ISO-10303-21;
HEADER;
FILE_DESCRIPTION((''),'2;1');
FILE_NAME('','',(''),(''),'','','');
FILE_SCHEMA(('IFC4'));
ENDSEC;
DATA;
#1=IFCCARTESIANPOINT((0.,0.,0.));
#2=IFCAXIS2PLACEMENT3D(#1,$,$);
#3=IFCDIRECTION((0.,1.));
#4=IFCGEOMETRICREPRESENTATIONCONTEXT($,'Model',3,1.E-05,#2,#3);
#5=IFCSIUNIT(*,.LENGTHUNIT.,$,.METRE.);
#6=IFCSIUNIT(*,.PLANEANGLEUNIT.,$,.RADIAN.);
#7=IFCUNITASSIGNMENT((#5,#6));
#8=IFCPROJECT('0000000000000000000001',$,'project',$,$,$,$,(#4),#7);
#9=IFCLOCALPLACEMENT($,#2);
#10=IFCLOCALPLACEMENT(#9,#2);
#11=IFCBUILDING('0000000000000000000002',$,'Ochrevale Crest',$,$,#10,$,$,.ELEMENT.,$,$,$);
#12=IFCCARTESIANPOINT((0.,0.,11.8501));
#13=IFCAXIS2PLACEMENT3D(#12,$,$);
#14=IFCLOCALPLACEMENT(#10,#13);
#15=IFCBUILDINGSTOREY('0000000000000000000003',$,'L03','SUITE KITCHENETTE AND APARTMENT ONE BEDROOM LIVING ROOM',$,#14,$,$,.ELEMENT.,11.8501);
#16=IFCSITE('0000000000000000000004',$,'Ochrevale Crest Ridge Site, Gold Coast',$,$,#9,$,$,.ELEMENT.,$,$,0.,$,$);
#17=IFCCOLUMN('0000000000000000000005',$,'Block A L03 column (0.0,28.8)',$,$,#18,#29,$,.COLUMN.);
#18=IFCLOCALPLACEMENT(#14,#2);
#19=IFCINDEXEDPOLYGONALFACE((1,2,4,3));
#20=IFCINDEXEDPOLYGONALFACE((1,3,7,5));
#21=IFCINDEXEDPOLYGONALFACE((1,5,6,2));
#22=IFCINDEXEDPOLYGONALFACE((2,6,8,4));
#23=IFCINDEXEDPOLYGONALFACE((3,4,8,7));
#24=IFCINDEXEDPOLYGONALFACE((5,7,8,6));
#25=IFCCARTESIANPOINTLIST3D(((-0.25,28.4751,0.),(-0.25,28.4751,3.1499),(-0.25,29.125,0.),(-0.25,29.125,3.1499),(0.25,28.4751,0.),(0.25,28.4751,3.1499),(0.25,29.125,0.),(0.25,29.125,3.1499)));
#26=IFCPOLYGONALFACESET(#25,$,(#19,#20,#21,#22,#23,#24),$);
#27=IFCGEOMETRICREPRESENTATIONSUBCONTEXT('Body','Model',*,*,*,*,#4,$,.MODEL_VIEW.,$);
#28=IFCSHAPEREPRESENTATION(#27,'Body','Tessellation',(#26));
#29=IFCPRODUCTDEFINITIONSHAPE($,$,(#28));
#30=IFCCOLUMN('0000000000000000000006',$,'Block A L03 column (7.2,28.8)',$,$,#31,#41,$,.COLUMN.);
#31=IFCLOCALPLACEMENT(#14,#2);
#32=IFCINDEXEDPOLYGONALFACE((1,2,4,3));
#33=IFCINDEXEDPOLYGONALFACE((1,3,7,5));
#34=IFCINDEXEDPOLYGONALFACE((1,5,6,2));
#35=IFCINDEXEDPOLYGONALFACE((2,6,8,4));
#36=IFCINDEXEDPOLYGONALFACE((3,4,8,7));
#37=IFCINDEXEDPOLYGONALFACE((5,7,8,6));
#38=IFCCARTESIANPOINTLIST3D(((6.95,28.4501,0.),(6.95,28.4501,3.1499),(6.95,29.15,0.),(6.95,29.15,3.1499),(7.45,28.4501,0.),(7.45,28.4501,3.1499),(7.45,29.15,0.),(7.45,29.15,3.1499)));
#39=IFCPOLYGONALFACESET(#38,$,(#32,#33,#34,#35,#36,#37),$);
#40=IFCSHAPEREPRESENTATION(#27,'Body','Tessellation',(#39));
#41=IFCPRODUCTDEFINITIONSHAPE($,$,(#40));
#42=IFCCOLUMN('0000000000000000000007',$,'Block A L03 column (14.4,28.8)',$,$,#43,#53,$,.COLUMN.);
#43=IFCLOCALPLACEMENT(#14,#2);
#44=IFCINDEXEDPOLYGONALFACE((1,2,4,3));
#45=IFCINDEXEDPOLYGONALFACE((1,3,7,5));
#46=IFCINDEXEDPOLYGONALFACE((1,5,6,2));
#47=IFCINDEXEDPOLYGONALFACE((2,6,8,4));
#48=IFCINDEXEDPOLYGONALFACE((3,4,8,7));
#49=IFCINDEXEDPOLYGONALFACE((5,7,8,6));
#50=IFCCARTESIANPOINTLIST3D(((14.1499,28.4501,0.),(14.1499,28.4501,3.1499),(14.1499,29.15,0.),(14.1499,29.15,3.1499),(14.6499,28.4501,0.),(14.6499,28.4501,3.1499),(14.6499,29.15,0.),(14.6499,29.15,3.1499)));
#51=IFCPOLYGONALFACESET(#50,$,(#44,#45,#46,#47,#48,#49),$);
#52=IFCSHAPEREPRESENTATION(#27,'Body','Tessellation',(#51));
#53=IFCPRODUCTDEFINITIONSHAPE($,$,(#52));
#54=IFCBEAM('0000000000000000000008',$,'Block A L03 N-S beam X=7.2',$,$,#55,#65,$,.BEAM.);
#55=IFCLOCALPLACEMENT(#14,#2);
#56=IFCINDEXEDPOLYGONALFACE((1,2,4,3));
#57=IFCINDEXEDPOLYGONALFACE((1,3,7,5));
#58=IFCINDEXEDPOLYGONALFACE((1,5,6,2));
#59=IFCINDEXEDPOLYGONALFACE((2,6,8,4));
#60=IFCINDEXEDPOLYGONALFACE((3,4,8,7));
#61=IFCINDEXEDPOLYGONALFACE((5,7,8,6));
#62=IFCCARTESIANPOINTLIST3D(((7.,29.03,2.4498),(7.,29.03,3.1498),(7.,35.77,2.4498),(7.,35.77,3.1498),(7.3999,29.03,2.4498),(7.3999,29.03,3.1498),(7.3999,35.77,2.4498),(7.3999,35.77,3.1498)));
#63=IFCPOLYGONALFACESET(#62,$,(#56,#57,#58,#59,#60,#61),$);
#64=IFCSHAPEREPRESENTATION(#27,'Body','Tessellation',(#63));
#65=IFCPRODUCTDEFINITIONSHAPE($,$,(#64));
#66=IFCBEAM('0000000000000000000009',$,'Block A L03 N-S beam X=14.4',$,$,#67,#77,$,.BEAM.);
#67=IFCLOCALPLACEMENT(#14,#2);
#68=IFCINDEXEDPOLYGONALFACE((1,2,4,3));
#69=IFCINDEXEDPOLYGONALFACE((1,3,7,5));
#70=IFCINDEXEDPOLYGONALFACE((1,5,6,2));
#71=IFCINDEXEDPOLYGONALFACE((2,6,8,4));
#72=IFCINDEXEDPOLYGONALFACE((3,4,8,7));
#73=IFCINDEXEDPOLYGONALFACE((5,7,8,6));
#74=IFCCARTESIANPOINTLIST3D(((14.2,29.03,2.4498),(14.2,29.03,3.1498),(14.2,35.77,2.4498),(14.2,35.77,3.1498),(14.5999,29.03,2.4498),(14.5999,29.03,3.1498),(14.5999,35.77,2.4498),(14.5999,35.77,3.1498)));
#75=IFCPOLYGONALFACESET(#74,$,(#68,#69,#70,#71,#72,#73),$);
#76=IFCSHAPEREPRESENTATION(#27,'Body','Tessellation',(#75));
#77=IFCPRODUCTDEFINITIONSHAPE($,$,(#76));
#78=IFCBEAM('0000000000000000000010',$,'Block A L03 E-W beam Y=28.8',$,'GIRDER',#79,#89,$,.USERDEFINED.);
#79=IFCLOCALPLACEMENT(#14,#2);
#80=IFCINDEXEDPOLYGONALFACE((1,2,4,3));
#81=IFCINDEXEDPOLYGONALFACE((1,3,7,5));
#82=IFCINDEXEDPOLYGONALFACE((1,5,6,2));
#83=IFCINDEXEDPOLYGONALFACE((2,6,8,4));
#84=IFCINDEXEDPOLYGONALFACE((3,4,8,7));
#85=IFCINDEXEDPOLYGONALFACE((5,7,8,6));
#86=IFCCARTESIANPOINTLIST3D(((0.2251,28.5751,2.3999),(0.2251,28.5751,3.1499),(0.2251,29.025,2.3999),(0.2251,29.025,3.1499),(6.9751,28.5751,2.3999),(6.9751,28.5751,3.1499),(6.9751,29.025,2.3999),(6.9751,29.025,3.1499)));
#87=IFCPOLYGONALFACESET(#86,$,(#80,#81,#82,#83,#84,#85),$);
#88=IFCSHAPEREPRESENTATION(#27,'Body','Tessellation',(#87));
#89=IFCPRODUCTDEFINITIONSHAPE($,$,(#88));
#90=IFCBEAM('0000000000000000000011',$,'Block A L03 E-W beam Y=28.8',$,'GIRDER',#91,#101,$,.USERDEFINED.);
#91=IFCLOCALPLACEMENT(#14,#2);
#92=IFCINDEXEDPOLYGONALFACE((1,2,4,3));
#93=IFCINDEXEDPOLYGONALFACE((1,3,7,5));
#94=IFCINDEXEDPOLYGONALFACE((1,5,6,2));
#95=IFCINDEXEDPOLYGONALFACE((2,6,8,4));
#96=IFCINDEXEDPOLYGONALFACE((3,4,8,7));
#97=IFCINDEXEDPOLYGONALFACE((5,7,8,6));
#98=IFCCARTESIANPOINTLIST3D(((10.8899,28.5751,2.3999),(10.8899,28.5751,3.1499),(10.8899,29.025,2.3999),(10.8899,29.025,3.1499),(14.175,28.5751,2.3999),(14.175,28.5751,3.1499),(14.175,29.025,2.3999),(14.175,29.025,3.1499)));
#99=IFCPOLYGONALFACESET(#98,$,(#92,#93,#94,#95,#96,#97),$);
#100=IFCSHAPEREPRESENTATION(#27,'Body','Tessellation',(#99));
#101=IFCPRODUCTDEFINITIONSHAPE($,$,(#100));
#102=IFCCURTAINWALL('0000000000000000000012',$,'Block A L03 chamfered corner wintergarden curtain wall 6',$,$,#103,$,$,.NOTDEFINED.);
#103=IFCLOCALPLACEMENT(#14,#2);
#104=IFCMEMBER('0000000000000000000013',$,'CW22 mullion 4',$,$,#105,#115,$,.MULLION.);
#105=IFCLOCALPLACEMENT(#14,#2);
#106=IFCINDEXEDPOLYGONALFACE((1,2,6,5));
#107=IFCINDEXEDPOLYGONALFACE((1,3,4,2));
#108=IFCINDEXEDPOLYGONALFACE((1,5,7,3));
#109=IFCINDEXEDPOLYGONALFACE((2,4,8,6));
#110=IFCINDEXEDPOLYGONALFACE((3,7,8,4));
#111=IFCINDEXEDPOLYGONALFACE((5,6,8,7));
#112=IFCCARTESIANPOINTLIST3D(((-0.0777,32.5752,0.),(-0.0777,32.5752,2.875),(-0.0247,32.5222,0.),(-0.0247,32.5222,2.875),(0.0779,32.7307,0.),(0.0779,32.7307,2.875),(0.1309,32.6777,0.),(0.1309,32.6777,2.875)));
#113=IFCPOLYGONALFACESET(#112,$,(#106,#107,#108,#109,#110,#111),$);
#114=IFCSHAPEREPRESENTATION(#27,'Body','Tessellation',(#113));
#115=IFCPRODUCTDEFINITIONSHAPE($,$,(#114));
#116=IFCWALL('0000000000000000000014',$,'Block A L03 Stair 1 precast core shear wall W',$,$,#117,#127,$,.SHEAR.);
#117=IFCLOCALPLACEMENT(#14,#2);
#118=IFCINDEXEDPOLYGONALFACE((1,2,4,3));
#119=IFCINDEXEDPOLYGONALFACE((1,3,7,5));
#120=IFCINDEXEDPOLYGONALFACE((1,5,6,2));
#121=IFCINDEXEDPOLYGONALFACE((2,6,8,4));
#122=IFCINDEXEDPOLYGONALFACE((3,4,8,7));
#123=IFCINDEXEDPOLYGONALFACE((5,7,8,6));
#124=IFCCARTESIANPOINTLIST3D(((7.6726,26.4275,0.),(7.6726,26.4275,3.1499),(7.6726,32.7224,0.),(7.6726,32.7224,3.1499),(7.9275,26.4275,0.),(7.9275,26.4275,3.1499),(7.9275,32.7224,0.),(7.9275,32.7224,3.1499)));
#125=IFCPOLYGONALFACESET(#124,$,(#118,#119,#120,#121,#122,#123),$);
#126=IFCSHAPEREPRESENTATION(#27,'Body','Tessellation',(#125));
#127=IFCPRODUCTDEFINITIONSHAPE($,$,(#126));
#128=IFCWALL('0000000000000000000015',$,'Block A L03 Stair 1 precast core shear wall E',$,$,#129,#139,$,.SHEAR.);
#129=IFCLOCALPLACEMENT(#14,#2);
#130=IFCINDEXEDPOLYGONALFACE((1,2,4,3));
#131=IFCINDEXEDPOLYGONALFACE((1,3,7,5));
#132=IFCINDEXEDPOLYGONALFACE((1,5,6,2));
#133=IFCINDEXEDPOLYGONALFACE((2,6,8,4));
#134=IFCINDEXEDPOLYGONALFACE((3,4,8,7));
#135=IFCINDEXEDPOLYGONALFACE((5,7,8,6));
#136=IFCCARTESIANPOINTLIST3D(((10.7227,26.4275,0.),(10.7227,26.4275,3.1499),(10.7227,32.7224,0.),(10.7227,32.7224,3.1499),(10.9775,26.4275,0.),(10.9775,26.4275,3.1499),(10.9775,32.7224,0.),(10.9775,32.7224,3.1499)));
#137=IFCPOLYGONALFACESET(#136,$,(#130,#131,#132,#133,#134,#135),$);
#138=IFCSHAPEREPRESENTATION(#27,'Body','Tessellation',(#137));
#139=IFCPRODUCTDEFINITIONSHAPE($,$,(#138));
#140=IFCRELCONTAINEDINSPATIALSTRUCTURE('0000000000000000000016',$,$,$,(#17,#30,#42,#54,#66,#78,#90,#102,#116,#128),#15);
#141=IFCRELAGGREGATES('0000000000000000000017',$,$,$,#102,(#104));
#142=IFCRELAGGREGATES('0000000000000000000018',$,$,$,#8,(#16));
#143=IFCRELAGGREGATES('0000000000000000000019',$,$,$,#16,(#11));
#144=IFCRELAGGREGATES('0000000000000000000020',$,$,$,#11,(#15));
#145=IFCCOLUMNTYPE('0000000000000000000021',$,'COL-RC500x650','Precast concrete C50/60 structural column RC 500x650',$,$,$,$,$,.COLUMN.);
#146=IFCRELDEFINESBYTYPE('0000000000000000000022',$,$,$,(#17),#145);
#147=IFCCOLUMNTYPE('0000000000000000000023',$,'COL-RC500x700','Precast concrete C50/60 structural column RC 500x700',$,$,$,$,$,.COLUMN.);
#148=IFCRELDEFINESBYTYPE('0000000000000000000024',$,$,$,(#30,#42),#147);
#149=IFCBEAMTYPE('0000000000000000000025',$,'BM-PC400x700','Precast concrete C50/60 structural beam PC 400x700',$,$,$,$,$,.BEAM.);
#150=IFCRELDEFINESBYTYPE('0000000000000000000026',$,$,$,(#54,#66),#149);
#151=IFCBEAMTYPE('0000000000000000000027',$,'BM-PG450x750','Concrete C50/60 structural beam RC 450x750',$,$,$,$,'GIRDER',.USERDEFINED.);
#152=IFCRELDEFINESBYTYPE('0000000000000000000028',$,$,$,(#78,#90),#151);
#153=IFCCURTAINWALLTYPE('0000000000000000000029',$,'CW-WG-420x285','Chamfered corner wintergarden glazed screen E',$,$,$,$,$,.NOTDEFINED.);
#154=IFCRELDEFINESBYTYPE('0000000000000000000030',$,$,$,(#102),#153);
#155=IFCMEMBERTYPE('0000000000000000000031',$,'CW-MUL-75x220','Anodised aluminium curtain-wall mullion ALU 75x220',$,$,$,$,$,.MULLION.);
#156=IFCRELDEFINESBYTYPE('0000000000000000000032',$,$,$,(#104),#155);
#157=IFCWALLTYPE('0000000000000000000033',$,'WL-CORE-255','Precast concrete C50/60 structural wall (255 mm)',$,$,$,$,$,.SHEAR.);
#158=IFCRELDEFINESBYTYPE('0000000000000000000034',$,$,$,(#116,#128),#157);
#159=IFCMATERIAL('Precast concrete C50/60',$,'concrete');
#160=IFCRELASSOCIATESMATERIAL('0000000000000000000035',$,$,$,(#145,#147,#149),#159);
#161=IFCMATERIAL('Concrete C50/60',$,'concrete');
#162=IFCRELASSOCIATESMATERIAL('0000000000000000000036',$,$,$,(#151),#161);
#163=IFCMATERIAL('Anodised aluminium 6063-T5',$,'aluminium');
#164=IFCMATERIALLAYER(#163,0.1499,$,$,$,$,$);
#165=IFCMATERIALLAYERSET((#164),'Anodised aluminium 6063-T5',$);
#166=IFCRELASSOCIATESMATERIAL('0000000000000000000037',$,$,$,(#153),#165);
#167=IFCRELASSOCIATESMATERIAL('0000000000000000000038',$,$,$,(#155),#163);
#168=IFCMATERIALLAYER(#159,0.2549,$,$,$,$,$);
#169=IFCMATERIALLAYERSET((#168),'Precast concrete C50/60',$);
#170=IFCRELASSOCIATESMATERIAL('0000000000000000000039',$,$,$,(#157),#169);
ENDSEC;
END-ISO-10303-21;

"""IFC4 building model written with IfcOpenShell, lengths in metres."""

from ifc_helpers import new_model, si_unit, direction, frame, frame_2d, origin, origin_2d, place, context, subcontext, project, spatial, rectangle, extrude, material, layer, layer_set, material_profile, profile_set, type_object, element, aggregate, save


model = new_model("IFC4")

# Units and contexts
model_context = context("Model", 3, precision=1e-05, world=origin(), true_north=direction((0.0, 1.0)))
body_context = subcontext(model_context, "Body", "Model", "MODEL_VIEW")
ifc_project = project(units=[si_unit("LENGTHUNIT", "METRE"), si_unit("PLANEANGLEUNIT", "RADIAN")], contexts=[model_context])

# Site, building, storey
site_placement = place(None, origin())
site = spatial("IfcSite", under=ifc_project, at=site_placement, Name="Ochrevale Crest Ridge Site, Gold Coast", CompositionType="ELEMENT", RefElevation=0.0)
building_placement = place(site_placement, origin())
building = spatial("IfcBuilding", under=site, at=building_placement, Name="Ochrevale Crest", CompositionType="ELEMENT")
storey_placement = place(building_placement, frame((0.0, 0.0, 11.8501)))
storey = spatial("IfcBuildingStorey", under=building, at=storey_placement, Name="L03", Description="SUITE KITCHENETTE AND APARTMENT ONE BEDROOM LIVING ROOM", CompositionType="ELEMENT", Elevation=11.8501)

# Columns
ifc_material_1 = material(Name="Precast concrete C50/60", Category="concrete")
ifc_material_profile_1 = material_profile(ifc_material_1, rectangle(XDim=0.5, YDim=0.6499, at=origin_2d()), Name="RC 500x650")
ifc_profile_set_1 = profile_set([ifc_material_profile_1], Name="Precast concrete C50/60")
column_type_1 = type_object("IfcColumnType", Name="COL-RC500x650", Description="Precast concrete C50/60 structural column RC 500x650", PredefinedType="COLUMN", material=ifc_profile_set_1)
column_placement = place(storey_placement, frame((0.0, 28.8, 0.0), z_axis=(0.0, 0.0, 1.0), x_axis=(1.0, 0.0, 0.0)))
element("IfcColumn", 1, at=column_placement, inside=storey, type_object=column_type_1, Name="Block A L03 column (0.0,28.8)", PredefinedType="COLUMN", context=body_context, shape_type="SweptSolid", body=[
    extrude(rectangle(XDim=0.5, YDim=0.6499, at=origin_2d()), origin(), (0.0, 0.0, 1.0), 3.1499),
])
ifc_material_profile_2 = material_profile(ifc_material_1, rectangle(XDim=0.5, YDim=0.7, at=origin_2d()), Name="RC 500x700")
ifc_profile_set_2 = profile_set([ifc_material_profile_2], Name="Precast concrete C50/60")
column_type_2 = type_object("IfcColumnType", Name="COL-RC500x700", Description="Precast concrete C50/60 structural column RC 500x700", PredefinedType="COLUMN", material=ifc_profile_set_2)
for number, where, z_axis, x_axis, name in (
    (2, (7.2, 28.8, 0.0), (0.0, 0.0, 1.0), (1.0, 0.0, 0.0), "Block A L03 column (7.2,28.8)"),
    (3, (14.3999, 28.8, 0.0), (0.0, 0.0, 1.0), (1.0, 0.0, 0.0), "Block A L03 column (14.4,28.8)"),
):
    element("IfcColumn", number, at=place(storey_placement, frame(where, z_axis=z_axis, x_axis=x_axis)), inside=storey, type_object=column_type_2, Name=name, PredefinedType="COLUMN", context=body_context, shape_type="SweptSolid", body=[
        extrude(rectangle(XDim=0.5, YDim=0.7, at=origin_2d()), origin(), (0.0, 0.0, 1.0), 3.1499),
    ])

# Beams
ifc_material_profile_3 = material_profile(ifc_material_1, rectangle(XDim=0.3999, YDim=0.7, at=origin_2d()), Name="PC 400x700")
ifc_profile_set_3 = profile_set([ifc_material_profile_3], Name="Precast concrete C50/60")
beam_type_1 = type_object("IfcBeamType", Name="BM-PC400x700", Description="Precast concrete C50/60 structural beam PC 400x700", PredefinedType="BEAM", material=ifc_profile_set_3)
for number, where, z_axis, x_axis, name in (
    (4, (7.2, 29.03, 2.7998), (0.0, 1.0, 0.0), (-1.0, 0.0, 0.0), "Block A L03 N-S beam X=7.2"),
    (5, (14.3999, 29.03, 2.7998), (0.0, 1.0, 0.0), (-1.0, 0.0, 0.0), "Block A L03 N-S beam X=14.4"),
):
    element("IfcBeam", number, at=place(storey_placement, frame(where, z_axis=z_axis, x_axis=x_axis)), inside=storey, type_object=beam_type_1, Name=name, PredefinedType="BEAM", context=body_context, shape_type="SweptSolid", body=[
        extrude(rectangle(XDim=0.3999, YDim=0.7, at=origin_2d()), origin(), (0.0, 0.0, 1.0), 6.74),
    ])
ifc_material_2 = material(Name="Concrete C50/60", Category="concrete")
ifc_material_profile_4 = material_profile(ifc_material_2, rectangle(XDim=0.45, YDim=0.75, at=origin_2d()), Name="RC 450x750")
ifc_profile_set_4 = profile_set([ifc_material_profile_4], Name="Concrete C50/60")
beam_type_2 = type_object("IfcBeamType", Name="BM-PG450x750", Description="Concrete C50/60 structural beam RC 450x750", ElementType="GIRDER", PredefinedType="USERDEFINED", material=ifc_profile_set_4)
beam_1_placement = place(storey_placement, frame((0.2251, 28.8, 2.7749), z_axis=(1.0, 0.0, 0.0), x_axis=(0.0, 1.0, 0.0)))
element("IfcBeam", 6, at=beam_1_placement, inside=storey, type_object=beam_type_2, Name="Block A L03 E-W beam Y=28.8", ObjectType="GIRDER", PredefinedType="USERDEFINED", context=body_context, shape_type="SweptSolid", body=[
    extrude(rectangle(XDim=0.45, YDim=0.75, at=origin_2d()), origin(), (0.0, 0.0, 1.0), 6.75),
])
beam_2_placement = place(storey_placement, frame((10.8899, 28.8, 2.7749), z_axis=(1.0, 0.0, 0.0), x_axis=(0.0, 1.0, 0.0)))
element("IfcBeam", 7, at=beam_2_placement, inside=storey, type_object=beam_type_2, Name="Block A L03 E-W beam Y=28.8", ObjectType="GIRDER", PredefinedType="USERDEFINED", context=body_context, shape_type="SweptSolid", body=[
    extrude(rectangle(XDim=0.45, YDim=0.75, at=origin_2d()), origin(), (0.0, 0.0, 1.0), 3.2852),
])

# Curtain wall, member
ifc_material_3 = material(Name="Anodised aluminium 6063-T5", Category="aluminium")
ifc_layer_1 = layer(ifc_material_3, 0.1499)
ifc_layer_set_1 = layer_set([ifc_layer_1], Name="Anodised aluminium 6063-T5")
curtain_wall_type = type_object("IfcCurtainWallType", Name="CW-WG-420x285", Description="Chamfered corner wintergarden glazed screen E", PredefinedType="NOTDEFINED", material=ifc_layer_set_1)
curtain_wall_placement = place(storey_placement, origin())
curtain_wall = element("IfcCurtainWall", 8, at=curtain_wall_placement, inside=storey, type_object=curtain_wall_type, Name="Block A L03 chamfered corner wintergarden curtain wall 6", PredefinedType="NOTDEFINED")
ifc_material_profile_5 = material_profile(ifc_material_3, rectangle(XDim=0.075, YDim=0.22, at=origin_2d()), Name="ALU 75x220")
ifc_profile_set_5 = profile_set([ifc_material_profile_5], Name="Anodised aluminium 6063-T5")
member_type = type_object("IfcMemberType", Name="CW-MUL-75x220", Description="Anodised aluminium curtain-wall mullion ALU 75x220", PredefinedType="MULLION", material=ifc_profile_set_5)
member_placement = place(storey_placement, frame((0.0266, 32.6265, 0.0), z_axis=(0.0, 0.0, 1.0), x_axis=(0.707107, -0.707107, 0.0)))
member = element("IfcMember", 9, at=member_placement, type_object=member_type, Name="CW22 mullion 4", PredefinedType="MULLION", context=body_context, shape_type="SweptSolid", body=[
    extrude(rectangle(XDim=0.075, YDim=0.22, at=origin_2d()), origin(), (0.0, 0.0, 1.0), 2.875),
])
aggregate(curtain_wall, [member])

# Shared definitions
ifc_layer_2 = layer(ifc_material_1, 0.2549)
ifc_layer_set_2 = layer_set([ifc_layer_2], Name="Precast concrete C50/60")
wall_type_1 = type_object("IfcWallType", Name="WL-CORE-255", Description="Precast concrete C50/60 structural wall (255 mm)", PredefinedType="SHEAR", material=ifc_layer_set_2)

# Walls
for number, where, z_axis, x_axis, name in (
    (10, (7.8, 26.4275, 0.0), (0.0, 0.0, 1.0), (0.0, 1.0, 0.0), "Block A L03 Stair 1 precast core shear wall W"),
    (11, (10.8501, 26.4275, 0.0), (0.0, 0.0, 1.0), (0.0, 1.0, 0.0), "Block A L03 Stair 1 precast core shear wall E"),
):
    element("IfcWall", number, at=place(storey_placement, frame(where, z_axis=z_axis, x_axis=x_axis)), inside=storey, type_object=wall_type_1, Name=name, PredefinedType="SHEAR", context=body_context, shape_type="SweptSolid", body=[
        extrude(rectangle(XDim=6.2949, YDim=0.2549, at=frame_2d((3.1475, 0.0))), origin(), (0.0, 0.0, 1.0), 3.1499),
    ])

save(model, "model.ifc")
